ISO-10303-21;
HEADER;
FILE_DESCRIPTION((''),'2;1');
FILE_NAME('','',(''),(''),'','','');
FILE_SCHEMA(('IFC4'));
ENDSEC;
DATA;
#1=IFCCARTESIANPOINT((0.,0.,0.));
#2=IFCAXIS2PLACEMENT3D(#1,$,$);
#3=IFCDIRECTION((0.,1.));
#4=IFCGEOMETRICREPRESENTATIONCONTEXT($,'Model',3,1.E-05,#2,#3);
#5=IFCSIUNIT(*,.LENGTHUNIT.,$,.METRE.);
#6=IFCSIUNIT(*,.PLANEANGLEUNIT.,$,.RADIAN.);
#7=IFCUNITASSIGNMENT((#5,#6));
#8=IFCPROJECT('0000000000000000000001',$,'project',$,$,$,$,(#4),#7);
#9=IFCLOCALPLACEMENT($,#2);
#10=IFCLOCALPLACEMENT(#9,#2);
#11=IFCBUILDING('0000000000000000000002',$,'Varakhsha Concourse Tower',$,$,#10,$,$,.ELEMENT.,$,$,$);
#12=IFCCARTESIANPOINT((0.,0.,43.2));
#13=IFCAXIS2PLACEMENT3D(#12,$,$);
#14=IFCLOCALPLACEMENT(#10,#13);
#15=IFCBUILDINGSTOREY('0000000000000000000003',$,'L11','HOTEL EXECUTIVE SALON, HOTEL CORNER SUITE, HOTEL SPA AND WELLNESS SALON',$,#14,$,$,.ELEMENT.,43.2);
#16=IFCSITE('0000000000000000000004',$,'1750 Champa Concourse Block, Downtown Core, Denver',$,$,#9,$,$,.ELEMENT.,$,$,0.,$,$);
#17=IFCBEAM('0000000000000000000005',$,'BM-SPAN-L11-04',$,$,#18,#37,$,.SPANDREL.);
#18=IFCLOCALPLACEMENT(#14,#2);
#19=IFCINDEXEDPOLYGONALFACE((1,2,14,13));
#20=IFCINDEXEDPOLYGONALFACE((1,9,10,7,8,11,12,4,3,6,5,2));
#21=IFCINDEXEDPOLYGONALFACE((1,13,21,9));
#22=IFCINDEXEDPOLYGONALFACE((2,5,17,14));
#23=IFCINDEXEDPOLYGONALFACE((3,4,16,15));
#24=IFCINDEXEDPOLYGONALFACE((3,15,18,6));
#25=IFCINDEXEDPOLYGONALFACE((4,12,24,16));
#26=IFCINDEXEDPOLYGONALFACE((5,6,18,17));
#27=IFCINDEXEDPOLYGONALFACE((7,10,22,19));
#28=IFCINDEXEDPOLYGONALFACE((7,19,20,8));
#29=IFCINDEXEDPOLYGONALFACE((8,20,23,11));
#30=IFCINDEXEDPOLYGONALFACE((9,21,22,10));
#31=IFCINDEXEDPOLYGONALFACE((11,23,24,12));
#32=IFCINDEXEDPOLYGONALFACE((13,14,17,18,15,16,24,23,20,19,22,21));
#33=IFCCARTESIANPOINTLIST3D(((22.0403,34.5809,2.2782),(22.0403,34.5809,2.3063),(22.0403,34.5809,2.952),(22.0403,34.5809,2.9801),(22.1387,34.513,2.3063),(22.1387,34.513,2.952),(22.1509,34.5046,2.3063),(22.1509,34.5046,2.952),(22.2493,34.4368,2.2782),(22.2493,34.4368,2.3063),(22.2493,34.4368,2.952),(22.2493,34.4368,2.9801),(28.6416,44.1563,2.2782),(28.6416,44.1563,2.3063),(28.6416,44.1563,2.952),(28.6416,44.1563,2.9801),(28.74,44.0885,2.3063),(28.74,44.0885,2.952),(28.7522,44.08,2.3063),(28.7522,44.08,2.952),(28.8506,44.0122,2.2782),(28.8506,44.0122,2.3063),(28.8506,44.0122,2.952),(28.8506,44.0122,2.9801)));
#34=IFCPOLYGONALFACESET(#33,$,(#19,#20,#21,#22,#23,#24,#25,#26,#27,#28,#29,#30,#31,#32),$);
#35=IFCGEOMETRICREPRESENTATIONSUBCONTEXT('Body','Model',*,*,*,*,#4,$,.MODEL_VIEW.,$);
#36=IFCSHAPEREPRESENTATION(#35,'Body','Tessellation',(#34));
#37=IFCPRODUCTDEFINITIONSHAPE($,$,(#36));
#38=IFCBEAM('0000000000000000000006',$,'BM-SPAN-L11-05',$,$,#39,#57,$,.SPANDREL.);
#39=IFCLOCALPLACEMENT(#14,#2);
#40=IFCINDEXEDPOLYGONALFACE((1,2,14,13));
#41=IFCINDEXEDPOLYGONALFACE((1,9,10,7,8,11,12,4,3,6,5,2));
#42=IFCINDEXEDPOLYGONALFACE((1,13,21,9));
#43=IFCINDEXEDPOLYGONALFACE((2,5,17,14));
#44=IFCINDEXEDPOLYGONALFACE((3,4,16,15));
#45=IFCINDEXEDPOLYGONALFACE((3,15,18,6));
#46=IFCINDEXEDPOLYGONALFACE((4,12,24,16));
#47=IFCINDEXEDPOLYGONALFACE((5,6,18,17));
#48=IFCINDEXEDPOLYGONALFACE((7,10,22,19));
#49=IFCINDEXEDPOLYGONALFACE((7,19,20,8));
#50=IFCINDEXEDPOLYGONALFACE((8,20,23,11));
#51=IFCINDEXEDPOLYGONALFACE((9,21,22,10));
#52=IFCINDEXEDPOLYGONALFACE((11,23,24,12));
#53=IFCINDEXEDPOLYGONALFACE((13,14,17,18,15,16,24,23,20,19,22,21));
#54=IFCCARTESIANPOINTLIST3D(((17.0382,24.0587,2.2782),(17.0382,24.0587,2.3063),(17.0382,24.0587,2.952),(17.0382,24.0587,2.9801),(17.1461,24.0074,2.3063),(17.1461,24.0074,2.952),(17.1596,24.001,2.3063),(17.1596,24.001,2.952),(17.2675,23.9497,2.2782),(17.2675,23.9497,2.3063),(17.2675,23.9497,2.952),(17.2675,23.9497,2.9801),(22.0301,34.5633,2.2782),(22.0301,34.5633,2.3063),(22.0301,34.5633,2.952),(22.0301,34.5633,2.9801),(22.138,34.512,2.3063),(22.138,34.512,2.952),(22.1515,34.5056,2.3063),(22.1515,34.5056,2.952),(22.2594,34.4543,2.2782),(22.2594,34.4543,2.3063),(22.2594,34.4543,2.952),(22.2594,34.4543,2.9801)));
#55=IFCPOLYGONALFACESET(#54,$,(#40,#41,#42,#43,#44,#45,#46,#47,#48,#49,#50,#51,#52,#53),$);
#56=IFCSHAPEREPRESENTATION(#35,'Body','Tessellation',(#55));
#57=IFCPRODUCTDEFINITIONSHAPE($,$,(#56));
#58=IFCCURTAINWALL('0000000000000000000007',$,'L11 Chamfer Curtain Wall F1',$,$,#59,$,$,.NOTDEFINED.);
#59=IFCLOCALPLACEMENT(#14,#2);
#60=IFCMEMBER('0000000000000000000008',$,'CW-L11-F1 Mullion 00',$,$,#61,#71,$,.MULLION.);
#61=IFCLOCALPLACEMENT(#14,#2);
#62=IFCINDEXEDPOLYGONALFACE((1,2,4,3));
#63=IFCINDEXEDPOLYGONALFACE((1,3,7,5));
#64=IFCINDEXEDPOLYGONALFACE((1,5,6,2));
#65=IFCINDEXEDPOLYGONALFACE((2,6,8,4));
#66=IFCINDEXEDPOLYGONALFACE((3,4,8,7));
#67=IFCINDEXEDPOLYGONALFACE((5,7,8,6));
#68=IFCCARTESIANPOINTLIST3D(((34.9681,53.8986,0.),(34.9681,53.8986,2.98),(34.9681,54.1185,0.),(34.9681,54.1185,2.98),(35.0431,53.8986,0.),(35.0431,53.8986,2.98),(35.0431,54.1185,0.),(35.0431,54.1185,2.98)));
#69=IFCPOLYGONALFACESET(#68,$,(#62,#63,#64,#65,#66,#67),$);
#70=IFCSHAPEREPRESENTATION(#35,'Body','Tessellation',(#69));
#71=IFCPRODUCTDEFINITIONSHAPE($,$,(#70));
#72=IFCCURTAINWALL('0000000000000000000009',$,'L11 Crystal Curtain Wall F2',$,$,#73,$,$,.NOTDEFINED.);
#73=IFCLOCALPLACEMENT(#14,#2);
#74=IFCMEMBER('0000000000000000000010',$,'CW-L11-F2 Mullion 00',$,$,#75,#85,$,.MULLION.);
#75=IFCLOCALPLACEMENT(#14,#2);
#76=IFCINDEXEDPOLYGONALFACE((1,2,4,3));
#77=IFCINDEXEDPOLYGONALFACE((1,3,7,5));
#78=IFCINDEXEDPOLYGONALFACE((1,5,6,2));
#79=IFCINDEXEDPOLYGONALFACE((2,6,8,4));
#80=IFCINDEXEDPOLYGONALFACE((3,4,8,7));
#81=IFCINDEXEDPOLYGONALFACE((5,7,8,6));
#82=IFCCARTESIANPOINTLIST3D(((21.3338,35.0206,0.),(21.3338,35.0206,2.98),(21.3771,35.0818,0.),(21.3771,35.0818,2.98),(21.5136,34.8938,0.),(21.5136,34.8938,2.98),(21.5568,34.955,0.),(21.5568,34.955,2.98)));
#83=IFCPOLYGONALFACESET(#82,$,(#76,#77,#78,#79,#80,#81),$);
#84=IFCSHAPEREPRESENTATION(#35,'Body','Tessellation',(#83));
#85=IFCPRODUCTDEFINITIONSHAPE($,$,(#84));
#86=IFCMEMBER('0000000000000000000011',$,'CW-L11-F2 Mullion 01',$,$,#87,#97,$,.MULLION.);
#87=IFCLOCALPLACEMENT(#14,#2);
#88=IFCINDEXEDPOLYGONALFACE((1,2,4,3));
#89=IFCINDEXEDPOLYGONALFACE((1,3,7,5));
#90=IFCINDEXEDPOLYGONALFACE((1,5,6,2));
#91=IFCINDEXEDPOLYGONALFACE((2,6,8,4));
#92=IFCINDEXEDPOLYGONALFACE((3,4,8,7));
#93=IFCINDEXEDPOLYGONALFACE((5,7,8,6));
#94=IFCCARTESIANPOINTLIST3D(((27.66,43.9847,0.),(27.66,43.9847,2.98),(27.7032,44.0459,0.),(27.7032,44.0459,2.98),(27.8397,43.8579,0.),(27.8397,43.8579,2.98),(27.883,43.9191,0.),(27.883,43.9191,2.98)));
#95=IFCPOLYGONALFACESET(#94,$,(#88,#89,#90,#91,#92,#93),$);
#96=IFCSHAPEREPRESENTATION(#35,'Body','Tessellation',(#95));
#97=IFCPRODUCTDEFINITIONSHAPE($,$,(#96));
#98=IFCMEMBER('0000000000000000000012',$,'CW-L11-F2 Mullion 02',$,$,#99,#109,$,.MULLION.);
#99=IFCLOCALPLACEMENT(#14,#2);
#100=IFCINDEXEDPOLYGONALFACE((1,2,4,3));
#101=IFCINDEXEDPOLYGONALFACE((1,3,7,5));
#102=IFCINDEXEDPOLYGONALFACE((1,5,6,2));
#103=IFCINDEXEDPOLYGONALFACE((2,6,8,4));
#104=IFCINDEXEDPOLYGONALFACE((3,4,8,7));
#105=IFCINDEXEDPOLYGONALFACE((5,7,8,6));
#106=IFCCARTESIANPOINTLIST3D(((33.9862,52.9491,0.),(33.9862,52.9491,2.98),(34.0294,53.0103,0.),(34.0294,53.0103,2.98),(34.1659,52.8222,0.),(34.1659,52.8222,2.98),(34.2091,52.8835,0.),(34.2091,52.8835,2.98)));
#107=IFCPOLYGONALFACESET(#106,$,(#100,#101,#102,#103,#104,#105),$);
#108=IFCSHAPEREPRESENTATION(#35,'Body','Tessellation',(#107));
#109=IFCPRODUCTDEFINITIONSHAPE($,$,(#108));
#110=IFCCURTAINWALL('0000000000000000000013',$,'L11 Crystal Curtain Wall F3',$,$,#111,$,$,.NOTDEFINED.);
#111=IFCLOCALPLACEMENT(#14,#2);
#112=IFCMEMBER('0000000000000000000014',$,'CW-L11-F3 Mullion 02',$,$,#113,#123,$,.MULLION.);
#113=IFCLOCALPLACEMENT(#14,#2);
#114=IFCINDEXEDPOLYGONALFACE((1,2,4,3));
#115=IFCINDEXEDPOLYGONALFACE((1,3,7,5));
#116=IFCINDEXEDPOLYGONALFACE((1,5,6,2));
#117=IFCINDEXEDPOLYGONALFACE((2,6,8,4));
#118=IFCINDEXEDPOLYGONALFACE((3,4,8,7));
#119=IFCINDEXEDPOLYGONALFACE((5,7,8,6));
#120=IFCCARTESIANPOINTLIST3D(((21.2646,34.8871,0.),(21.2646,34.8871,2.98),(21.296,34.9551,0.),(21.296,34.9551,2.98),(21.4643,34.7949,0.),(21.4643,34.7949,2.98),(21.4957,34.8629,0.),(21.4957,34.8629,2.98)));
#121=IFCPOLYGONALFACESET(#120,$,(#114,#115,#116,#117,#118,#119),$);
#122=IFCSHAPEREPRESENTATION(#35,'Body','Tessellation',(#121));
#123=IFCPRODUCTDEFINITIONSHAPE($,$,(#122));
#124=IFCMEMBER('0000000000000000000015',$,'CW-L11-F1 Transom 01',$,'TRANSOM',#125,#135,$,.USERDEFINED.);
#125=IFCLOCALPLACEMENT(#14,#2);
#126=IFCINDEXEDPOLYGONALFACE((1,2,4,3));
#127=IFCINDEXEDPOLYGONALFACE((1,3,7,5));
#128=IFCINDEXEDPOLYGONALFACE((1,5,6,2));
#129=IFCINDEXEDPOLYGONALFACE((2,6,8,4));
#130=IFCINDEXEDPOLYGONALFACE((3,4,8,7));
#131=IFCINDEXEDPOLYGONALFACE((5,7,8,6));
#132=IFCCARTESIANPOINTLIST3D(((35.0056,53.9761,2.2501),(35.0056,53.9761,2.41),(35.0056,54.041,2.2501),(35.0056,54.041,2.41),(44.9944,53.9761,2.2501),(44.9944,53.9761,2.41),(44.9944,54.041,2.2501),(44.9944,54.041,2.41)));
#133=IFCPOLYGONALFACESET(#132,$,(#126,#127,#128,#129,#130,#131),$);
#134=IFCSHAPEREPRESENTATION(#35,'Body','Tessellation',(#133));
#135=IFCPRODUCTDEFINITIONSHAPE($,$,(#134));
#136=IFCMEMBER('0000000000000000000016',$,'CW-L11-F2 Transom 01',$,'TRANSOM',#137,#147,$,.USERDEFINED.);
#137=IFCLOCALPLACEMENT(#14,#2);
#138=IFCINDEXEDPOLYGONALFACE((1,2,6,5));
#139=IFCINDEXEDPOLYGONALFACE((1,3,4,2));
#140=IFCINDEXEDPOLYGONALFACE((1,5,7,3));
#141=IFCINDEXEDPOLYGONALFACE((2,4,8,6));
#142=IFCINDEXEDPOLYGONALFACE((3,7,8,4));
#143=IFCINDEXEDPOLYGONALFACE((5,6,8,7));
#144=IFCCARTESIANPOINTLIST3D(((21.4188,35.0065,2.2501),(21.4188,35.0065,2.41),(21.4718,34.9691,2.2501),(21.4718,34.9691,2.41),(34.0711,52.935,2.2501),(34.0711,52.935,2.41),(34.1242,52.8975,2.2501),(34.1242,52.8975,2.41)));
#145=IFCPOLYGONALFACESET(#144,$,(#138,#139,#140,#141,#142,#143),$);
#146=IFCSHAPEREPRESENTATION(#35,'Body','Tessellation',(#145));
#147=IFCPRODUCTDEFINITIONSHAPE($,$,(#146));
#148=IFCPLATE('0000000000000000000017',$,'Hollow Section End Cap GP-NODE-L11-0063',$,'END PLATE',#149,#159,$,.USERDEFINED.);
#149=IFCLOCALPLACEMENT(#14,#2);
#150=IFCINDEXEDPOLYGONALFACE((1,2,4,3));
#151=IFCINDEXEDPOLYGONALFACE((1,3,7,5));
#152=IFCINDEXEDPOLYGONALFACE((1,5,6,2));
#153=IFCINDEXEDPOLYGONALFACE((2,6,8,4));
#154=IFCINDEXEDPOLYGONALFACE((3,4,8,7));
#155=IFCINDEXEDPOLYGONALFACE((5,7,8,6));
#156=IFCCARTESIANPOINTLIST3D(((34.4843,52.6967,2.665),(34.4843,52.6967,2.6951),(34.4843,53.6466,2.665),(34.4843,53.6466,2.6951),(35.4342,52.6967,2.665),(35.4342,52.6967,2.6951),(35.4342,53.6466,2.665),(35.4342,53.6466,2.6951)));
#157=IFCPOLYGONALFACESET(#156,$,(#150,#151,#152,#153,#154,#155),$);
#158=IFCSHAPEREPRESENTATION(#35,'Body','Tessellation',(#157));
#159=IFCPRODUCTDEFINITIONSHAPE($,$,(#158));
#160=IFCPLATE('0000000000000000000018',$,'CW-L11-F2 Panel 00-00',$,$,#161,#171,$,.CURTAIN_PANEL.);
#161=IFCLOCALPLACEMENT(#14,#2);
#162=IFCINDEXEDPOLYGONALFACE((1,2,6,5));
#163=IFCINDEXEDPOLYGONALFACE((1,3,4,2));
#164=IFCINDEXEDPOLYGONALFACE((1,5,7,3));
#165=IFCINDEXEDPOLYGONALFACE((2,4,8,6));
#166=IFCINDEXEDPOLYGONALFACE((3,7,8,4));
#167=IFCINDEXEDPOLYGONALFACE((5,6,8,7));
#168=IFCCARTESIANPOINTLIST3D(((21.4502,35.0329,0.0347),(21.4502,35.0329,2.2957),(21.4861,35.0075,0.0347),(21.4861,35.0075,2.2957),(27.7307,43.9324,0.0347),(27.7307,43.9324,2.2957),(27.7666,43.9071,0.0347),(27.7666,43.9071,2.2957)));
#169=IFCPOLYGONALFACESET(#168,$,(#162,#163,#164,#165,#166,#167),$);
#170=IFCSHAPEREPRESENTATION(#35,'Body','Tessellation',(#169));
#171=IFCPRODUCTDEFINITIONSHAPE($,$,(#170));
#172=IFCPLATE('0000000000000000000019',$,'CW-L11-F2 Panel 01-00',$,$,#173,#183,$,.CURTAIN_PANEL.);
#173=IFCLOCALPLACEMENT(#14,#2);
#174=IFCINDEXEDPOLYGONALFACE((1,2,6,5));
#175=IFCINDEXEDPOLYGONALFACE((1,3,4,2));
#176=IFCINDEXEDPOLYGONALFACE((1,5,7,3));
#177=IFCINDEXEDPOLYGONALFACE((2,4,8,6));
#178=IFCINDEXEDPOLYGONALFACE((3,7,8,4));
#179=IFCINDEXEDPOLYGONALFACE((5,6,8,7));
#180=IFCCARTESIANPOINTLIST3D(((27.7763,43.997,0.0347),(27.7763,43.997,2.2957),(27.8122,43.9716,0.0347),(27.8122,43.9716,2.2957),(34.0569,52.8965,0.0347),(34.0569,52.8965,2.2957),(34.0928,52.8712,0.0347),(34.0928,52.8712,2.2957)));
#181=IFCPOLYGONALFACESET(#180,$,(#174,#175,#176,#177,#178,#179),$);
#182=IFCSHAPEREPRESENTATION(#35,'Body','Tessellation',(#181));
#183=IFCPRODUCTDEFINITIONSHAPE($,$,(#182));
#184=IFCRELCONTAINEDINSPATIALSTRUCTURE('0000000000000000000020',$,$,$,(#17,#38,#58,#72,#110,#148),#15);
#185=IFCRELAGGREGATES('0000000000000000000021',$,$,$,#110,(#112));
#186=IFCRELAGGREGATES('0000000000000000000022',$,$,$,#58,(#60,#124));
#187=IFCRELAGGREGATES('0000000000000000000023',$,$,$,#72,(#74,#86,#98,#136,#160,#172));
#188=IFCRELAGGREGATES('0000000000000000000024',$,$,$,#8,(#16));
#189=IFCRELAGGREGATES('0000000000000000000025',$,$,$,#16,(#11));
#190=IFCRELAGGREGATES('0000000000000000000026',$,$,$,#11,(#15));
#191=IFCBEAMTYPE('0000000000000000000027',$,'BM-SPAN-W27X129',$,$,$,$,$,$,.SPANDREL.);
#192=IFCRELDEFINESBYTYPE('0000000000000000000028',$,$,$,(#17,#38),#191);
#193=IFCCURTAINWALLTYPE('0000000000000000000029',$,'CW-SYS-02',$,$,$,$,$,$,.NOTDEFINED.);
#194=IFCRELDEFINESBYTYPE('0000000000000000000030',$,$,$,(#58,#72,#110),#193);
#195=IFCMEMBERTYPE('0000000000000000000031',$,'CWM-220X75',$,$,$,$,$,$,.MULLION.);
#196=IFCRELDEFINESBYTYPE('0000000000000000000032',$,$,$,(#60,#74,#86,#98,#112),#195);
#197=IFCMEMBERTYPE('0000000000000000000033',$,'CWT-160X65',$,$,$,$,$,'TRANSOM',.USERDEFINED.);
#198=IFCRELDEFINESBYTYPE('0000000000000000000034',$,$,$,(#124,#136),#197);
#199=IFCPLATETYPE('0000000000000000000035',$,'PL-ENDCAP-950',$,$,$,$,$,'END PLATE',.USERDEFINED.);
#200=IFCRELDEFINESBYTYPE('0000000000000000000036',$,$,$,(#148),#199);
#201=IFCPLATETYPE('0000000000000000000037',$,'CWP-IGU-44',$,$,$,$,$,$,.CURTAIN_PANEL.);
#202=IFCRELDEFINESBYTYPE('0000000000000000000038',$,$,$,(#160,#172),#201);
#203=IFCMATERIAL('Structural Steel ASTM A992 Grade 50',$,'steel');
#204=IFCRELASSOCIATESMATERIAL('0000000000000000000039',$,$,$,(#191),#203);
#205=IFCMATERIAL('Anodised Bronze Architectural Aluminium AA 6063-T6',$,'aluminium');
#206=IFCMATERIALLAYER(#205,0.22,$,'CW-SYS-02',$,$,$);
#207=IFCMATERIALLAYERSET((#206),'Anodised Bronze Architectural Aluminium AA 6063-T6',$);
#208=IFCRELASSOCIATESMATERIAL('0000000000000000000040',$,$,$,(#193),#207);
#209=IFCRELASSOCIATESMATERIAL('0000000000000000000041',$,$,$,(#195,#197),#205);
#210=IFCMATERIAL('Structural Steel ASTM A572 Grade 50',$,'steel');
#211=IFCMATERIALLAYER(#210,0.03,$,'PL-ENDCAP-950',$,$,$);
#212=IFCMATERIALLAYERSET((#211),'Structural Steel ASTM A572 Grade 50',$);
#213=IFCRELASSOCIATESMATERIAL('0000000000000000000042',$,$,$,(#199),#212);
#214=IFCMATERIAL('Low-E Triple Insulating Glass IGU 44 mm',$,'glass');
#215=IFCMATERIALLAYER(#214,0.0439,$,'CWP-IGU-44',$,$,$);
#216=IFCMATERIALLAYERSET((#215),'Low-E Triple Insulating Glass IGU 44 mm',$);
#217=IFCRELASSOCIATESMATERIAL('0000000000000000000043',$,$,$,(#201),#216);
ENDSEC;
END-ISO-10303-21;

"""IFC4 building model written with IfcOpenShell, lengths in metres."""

from ifc_helpers import new_model, si_unit, direction, frame, origin, origin_2d, place, context, subcontext, project, spatial, rectangle, i_section, extrude, source, transform, mapped, material, layer, layer_set, material_profile, profile_set, type_object, type_shapes, element, aggregate, save


model = new_model("IFC4")

# Units and contexts
model_context = context("Model", 3, precision=1e-05, world=origin(), true_north=direction((0.0, 1.0)))
body_context = subcontext(model_context, "Body", "Model", "MODEL_VIEW")
ifc_project = project(units=[si_unit("LENGTHUNIT", "METRE"), si_unit("PLANEANGLEUNIT", "RADIAN")], contexts=[model_context])

# Site, building, storey
site_placement = place(None, origin())
site = spatial("IfcSite", under=ifc_project, at=site_placement, Name="1750 Champa Concourse Block, Downtown Core, Denver", CompositionType="ELEMENT", RefElevation=0.0)
building_placement = place(site_placement, origin())
building = spatial("IfcBuilding", under=site, at=building_placement, Name="Varakhsha Concourse Tower", CompositionType="ELEMENT")
storey_placement = place(building_placement, frame((0.0, 0.0, 43.2)))
storey = spatial("IfcBuildingStorey", under=building, at=storey_placement, Name="L11", Description="HOTEL EXECUTIVE SALON, HOTEL CORNER SUITE, HOTEL SPA AND WELLNESS SALON", CompositionType="ELEMENT", Elevation=43.2)

# Shared definitions
ifc_material_1 = material(Name="Structural Steel ASTM A992 Grade 50", Category="steel")
ifc_material_2 = material(Name="Structural Steel ASTM A572 Grade 50", Category="steel")

# Beams
ifc_material_profile_1 = material_profile(ifc_material_1, i_section(OverallWidth=0.2539, OverallDepth=0.7019, WebThickness=0.0149, FlangeThickness=0.0281, at=origin_2d()), Name="W27X129")
ifc_profile_set_1 = profile_set([ifc_material_profile_1], Name="Structural Steel ASTM A992 Grade 50")
beam_type_1 = type_object("IfcBeamType", Name="BM-SPAN-W27X129", PredefinedType="SPANDREL", material=ifc_profile_set_1)
for number, where, z_axis, x_axis, name in (
    (1, (28.7461, 44.0842, 2.6292), (-0.567591, -0.823311, 0.0), (0.823311, -0.567591, 0.0), "BM-SPAN-L11-04"),
    (2, (22.1448, 34.5088, 2.6292), (-0.429214, -0.903203, 0.0), (0.903203, -0.429214, 0.0), "BM-SPAN-L11-05"),
):
    element("IfcBeam", number, at=place(storey_placement, frame(where, z_axis=z_axis, x_axis=x_axis)), inside=storey, type_object=beam_type_1, Name=name, PredefinedType="SPANDREL", context=body_context, shape_type="SweptSolid", body=[
        extrude(i_section(OverallWidth=0.2539, OverallDepth=0.7019, WebThickness=0.0149, FlangeThickness=0.0281, at=origin_2d()), origin(), (0.0, 0.0, 1.0), 11.6304),
    ])

# Curtain wall, member
ifc_material_3 = material(Name="Anodised Bronze Architectural Aluminium AA 6063-T6", Category="aluminium")
ifc_layer_1 = layer(ifc_material_3, 0.22, Name="CW-SYS-02")
ifc_layer_set_1 = layer_set([ifc_layer_1], Name="Anodised Bronze Architectural Aluminium AA 6063-T6")
curtain_wall_type = type_object("IfcCurtainWallType", Name="CW-SYS-02", PredefinedType="NOTDEFINED", material=ifc_layer_set_1)
curtain_wall_1_placement = place(storey_placement, origin())
curtain_wall_1 = element("IfcCurtainWall", 3, at=curtain_wall_1_placement, inside=storey, type_object=curtain_wall_type, Name="L11 Chamfer Curtain Wall F1", PredefinedType="NOTDEFINED")
ifc_material_profile_2 = material_profile(ifc_material_3, rectangle(XDim=0.075, YDim=0.22, at=origin_2d()), Name="CWM-220X75")
ifc_profile_set_2 = profile_set([ifc_material_profile_2], Name="Anodised Bronze Architectural Aluminium AA 6063-T6")
member_type_1 = type_object("IfcMemberType", Name="CWM-220X75", PredefinedType="MULLION", material=ifc_profile_set_2)
shared_shape_1 = source(origin(), body_context, "Body", "SweptSolid", [
    extrude(rectangle(XDim=0.075, YDim=0.22, at=origin_2d()), origin(), (0.0, 0.0, 1.0), 2.98),
])
type_shapes(member_type_1, [shared_shape_1])
member_1_placement = place(storey_placement, frame((35.0056, 54.0085, 0.0), z_axis=(0.0, 0.0, 1.0), x_axis=(1.0, 0.0, 0.0)))
member_1 = element("IfcMember", 4, at=member_1_placement, type_object=member_type_1, Name="CW-L11-F1 Mullion 00", PredefinedType="MULLION", context=body_context, shape_type="MappedRepresentation", body=[
    mapped(shared_shape_1, transform((0.0, 0.0, 0.0), scale=1.0)),
])

# Curtain wall, members
curtain_wall_2_placement = place(storey_placement, origin())
curtain_wall_2 = element("IfcCurtainWall", 5, at=curtain_wall_2_placement, inside=storey, type_object=curtain_wall_type, Name="L11 Crystal Curtain Wall F2", PredefinedType="NOTDEFINED")
member_2_placement = place(storey_placement, frame((21.4453, 34.9878, 0.0), z_axis=(0.0, 0.0, 1.0), x_axis=(0.576593, 0.817031, 0.0)))
member_2 = element("IfcMember", 6, at=member_2_placement, type_object=member_type_1, Name="CW-L11-F2 Mullion 00", PredefinedType="MULLION", context=body_context, shape_type="MappedRepresentation", body=[
    mapped(shared_shape_1, transform((0.0, 0.0, 0.0), scale=1.0)),
])
member_3_placement = place(storey_placement, frame((27.7715, 43.9519, 0.0), z_axis=(0.0, 0.0, 1.0), x_axis=(0.576593, 0.817031, 0.0)))
member_3 = element("IfcMember", 7, at=member_3_placement, type_object=member_type_1, Name="CW-L11-F2 Mullion 01", PredefinedType="MULLION", context=body_context, shape_type="MappedRepresentation", body=[
    mapped(shared_shape_1, transform((0.0, 0.0, 0.0), scale=1.0)),
])
member_4_placement = place(storey_placement, frame((34.0977, 52.9163, 0.0), z_axis=(0.0, 0.0, 1.0), x_axis=(0.576593, 0.817031, 0.0)))
member_4 = element("IfcMember", 8, at=member_4_placement, type_object=member_type_1, Name="CW-L11-F2 Mullion 02", PredefinedType="MULLION", context=body_context, shape_type="MappedRepresentation", body=[
    mapped(shared_shape_1, transform((0.0, 0.0, 0.0), scale=1.0)),
])

# Curtain wall, member
curtain_wall_3_placement = place(storey_placement, origin())
curtain_wall_3 = element("IfcCurtainWall", 9, at=curtain_wall_3_placement, inside=storey, type_object=curtain_wall_type, Name="L11 Crystal Curtain Wall F3", PredefinedType="NOTDEFINED")
member_5_placement = place(storey_placement, frame((21.3801, 34.875, 0.0), z_axis=(0.0, 0.0, 1.0), x_axis=(0.41927, 0.907862, 0.0)))
member_5 = element("IfcMember", 10, at=member_5_placement, type_object=member_type_1, Name="CW-L11-F3 Mullion 02", PredefinedType="MULLION", context=body_context, shape_type="MappedRepresentation", body=[
    mapped(shared_shape_1, transform((0.0, 0.0, 0.0), scale=1.0)),
])
aggregate(curtain_wall_3, [member_5])

# Members
ifc_material_profile_3 = material_profile(ifc_material_3, rectangle(XDim=0.0649, YDim=0.1599, at=origin_2d()), Name="CWT-160X65")
ifc_profile_set_3 = profile_set([ifc_material_profile_3], Name="Anodised Bronze Architectural Aluminium AA 6063-T6")
member_type_2 = type_object("IfcMemberType", Name="CWT-160X65", ElementType="TRANSOM", PredefinedType="USERDEFINED", material=ifc_profile_set_3)
shared_shape_2 = source(origin(), body_context, "Body", "SweptSolid", [
    extrude(rectangle(XDim=0.0649, YDim=0.1599, at=origin_2d()), origin(), (0.0, 0.0, 1.0), 9.9888),
])
member_6_placement = place(storey_placement, frame((35.0056, 54.0085, 2.3301), z_axis=(1.0, 0.0, 0.0), x_axis=(0.0, 1.0, 0.0)))
member_6 = element("IfcMember", 11, at=member_6_placement, type_object=member_type_2, Name="CW-L11-F1 Transom 01", ObjectType="TRANSOM", PredefinedType="USERDEFINED", context=body_context, shape_type="MappedRepresentation", body=[
    mapped(shared_shape_2, transform((0.0, 0.0, 0.0), scale=1.0)),
])
aggregate(curtain_wall_1, [member_1, member_6])
shared_shape_3 = source(origin(), body_context, "Body", "SweptSolid", [
    extrude(rectangle(XDim=0.0649, YDim=0.1599, at=origin_2d()), origin(), (0.0, 0.0, 1.0), 21.9434),
])
type_shapes(member_type_2, [shared_shape_2, shared_shape_3])
member_7_placement = place(storey_placement, frame((21.4453, 34.9878, 2.3301), z_axis=(0.576591, 0.817033, 0.0), x_axis=(-0.817033, 0.576591, 0.0)))
member_7 = element("IfcMember", 12, at=member_7_placement, type_object=member_type_2, Name="CW-L11-F2 Transom 01", ObjectType="TRANSOM", PredefinedType="USERDEFINED", context=body_context, shape_type="MappedRepresentation", body=[
    mapped(shared_shape_3, transform((0.0, 0.0, 0.0), scale=1.0)),
])

# Plates
ifc_layer_2 = layer(ifc_material_2, 0.03, Name="PL-ENDCAP-950")
ifc_layer_set_2 = layer_set([ifc_layer_2], Name="Structural Steel ASTM A572 Grade 50")
plate_type_1 = type_object("IfcPlateType", Name="PL-ENDCAP-950", ElementType="END PLATE", PredefinedType="USERDEFINED", material=ifc_layer_set_2)
shared_shape_4 = source(origin(), body_context, "Body", "SweptSolid", [
    extrude(rectangle(XDim=0.95, YDim=0.95, at=origin_2d()), origin(), (0.0, 0.0, 1.0), 0.03),
])
type_shapes(plate_type_1, [shared_shape_4])
plate_1_placement = place(storey_placement, frame((34.9592, 53.1716, 2.665), z_axis=(0.0, 0.0, 1.0), x_axis=(1.0, 0.0, 0.0)))
element("IfcPlate", 13, at=plate_1_placement, inside=storey, type_object=plate_type_1, Name="Hollow Section End Cap GP-NODE-L11-0063", ObjectType="END PLATE", PredefinedType="USERDEFINED", context=body_context, shape_type="MappedRepresentation", body=[
    mapped(shared_shape_4, transform((0.0, 0.0, 0.0), scale=1.0)),
])
ifc_material_4 = material(Name="Low-E Triple Insulating Glass IGU 44 mm", Category="glass")
ifc_layer_3 = layer(ifc_material_4, 0.0439, Name="CWP-IGU-44")
ifc_layer_set_3 = layer_set([ifc_layer_3], Name="Low-E Triple Insulating Glass IGU 44 mm")
plate_type_2 = type_object("IfcPlateType", Name="CWP-IGU-44", PredefinedType="CURTAIN_PANEL", material=ifc_layer_set_3)
shared_shape_5 = source(origin(), body_context, "Body", "SweptSolid", [
    extrude(rectangle(XDim=10.8926, YDim=0.0439, at=origin_2d()), origin(), (0.0, 0.0, 1.0), 2.261),
])
type_shapes(plate_type_2, [shared_shape_5])
plate_2_placement = place(storey_placement, frame((24.6084, 39.47, 0.0347), z_axis=(0.0, 0.0, 1.0), x_axis=(0.576593, 0.817031, 0.0)))
plate_2 = element("IfcPlate", 14, at=plate_2_placement, type_object=plate_type_2, Name="CW-L11-F2 Panel 00-00", PredefinedType="CURTAIN_PANEL", context=body_context, shape_type="MappedRepresentation", body=[
    mapped(shared_shape_5, transform((0.0, 0.0, 0.0), scale=1.0)),
])
plate_3_placement = place(storey_placement, frame((30.9346, 48.4341, 0.0347), z_axis=(0.0, 0.0, 1.0), x_axis=(0.576593, 0.817031, 0.0)))
plate_3 = element("IfcPlate", 15, at=plate_3_placement, type_object=plate_type_2, Name="CW-L11-F2 Panel 01-00", PredefinedType="CURTAIN_PANEL", context=body_context, shape_type="MappedRepresentation", body=[
    mapped(shared_shape_5, transform((0.0, 0.0, 0.0), scale=1.0)),
])
aggregate(curtain_wall_2, [member_2, member_3, member_4, member_7, plate_2, plate_3])

save(model, "model.ifc")
